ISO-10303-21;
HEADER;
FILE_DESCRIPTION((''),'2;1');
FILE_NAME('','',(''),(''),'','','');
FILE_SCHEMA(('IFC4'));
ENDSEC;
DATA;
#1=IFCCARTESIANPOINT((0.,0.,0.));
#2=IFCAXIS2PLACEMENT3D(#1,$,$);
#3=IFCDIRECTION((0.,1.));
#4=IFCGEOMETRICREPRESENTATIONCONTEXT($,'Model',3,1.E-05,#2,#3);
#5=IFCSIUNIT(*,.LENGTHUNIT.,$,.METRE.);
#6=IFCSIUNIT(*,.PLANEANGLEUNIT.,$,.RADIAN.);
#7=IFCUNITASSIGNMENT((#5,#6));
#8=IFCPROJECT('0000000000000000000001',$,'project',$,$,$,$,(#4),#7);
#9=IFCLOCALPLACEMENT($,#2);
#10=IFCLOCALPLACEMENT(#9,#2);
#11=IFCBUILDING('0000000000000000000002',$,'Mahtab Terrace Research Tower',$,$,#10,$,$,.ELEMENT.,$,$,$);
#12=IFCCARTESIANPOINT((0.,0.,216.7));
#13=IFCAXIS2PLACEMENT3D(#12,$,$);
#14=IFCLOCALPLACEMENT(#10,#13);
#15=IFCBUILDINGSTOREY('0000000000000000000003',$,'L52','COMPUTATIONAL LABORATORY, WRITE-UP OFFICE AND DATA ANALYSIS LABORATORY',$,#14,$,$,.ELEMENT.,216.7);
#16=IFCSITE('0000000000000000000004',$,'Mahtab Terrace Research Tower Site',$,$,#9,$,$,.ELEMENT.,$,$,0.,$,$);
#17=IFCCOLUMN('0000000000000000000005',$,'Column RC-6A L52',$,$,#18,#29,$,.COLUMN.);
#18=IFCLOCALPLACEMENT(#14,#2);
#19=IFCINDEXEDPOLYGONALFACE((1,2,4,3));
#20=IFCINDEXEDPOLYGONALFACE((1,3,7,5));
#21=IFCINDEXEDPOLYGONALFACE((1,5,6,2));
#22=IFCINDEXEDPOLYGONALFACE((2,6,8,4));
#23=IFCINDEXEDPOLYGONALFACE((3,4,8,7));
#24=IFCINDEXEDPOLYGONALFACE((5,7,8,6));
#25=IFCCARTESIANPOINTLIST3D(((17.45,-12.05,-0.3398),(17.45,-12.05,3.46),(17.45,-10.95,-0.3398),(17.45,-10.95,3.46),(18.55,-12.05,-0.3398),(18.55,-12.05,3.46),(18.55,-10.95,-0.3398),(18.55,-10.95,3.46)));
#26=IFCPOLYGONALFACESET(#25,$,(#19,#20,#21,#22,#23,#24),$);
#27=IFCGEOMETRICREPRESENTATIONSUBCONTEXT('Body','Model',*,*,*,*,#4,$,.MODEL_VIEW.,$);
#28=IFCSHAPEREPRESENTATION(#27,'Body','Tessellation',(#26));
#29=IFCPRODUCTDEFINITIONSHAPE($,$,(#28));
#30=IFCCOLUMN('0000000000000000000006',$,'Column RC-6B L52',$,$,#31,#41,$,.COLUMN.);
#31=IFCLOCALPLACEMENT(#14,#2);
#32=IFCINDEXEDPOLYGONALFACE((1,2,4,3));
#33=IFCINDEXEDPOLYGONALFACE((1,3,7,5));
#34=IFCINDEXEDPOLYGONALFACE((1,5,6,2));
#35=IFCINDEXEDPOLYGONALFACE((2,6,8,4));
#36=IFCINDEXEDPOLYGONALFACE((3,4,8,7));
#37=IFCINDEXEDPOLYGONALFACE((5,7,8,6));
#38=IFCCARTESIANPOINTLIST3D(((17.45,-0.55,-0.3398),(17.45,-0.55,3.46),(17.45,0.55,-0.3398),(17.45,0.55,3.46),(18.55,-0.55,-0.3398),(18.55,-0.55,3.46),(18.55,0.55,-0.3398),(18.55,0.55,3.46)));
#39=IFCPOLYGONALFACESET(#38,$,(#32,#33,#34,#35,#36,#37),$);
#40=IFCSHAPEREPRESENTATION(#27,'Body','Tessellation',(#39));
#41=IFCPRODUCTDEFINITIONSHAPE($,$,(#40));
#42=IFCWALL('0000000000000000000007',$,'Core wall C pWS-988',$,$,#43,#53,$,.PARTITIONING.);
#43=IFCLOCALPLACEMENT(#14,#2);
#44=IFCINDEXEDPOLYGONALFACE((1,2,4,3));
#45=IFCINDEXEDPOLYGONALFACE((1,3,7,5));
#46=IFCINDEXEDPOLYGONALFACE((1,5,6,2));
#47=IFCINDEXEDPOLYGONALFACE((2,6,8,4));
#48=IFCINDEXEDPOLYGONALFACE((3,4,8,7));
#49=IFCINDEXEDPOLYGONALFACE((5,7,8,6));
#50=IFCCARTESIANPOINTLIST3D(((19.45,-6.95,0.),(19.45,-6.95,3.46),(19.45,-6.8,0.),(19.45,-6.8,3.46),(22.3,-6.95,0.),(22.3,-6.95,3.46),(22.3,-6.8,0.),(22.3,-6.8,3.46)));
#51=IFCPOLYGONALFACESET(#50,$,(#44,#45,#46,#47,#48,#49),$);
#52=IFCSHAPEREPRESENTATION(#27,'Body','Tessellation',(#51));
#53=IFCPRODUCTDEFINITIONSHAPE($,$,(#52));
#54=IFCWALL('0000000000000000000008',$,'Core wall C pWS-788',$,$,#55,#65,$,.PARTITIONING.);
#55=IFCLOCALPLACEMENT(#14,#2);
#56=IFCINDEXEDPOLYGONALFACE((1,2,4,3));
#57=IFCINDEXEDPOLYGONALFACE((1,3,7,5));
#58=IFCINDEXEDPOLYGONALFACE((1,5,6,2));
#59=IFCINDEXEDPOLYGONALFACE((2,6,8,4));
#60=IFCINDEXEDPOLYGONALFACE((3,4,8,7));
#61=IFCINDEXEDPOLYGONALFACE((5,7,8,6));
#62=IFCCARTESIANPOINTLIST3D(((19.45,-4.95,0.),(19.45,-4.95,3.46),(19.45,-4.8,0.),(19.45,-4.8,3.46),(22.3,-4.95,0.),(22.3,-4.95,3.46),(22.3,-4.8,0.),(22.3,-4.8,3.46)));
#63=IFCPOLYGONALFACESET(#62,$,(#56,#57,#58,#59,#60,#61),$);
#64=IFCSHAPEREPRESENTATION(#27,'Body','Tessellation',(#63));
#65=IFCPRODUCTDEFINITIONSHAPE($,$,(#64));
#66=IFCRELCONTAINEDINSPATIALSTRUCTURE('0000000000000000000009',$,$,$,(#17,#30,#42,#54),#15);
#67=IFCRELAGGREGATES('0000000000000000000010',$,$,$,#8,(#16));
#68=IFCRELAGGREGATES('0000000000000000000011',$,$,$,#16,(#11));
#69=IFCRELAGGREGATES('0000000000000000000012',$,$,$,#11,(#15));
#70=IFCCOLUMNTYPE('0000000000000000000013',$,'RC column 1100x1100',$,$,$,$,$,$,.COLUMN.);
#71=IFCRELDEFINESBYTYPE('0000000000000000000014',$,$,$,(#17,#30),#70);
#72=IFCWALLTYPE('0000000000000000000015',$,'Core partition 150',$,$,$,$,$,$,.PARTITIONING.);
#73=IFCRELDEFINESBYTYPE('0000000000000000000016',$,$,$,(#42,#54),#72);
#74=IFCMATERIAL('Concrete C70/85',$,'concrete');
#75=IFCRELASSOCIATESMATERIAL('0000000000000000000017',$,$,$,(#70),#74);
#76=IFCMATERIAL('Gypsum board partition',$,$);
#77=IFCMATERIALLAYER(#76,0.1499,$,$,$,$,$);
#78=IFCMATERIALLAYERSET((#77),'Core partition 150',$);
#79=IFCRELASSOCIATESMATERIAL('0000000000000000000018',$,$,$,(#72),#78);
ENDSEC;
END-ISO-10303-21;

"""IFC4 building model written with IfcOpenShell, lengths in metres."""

from ifc_helpers import new_model, si_unit, direction, frame, frame_2d, origin, origin_2d, place, context, subcontext, project, spatial, rectangle, extrude, material, layer, layer_set, material_profile, profile_set, type_object, element, save


model = new_model("IFC4")

# Units and contexts
model_context = context("Model", 3, precision=1e-05, world=origin(), true_north=direction((0.0, 1.0)))
body_context = subcontext(model_context, "Body", "Model", "MODEL_VIEW")
ifc_project = project(units=[si_unit("LENGTHUNIT", "METRE"), si_unit("PLANEANGLEUNIT", "RADIAN")], contexts=[model_context])

# Site, building, storey
site_placement = place(None, origin())
site = spatial("IfcSite", under=ifc_project, at=site_placement, Name="Mahtab Terrace Research Tower Site", CompositionType="ELEMENT", RefElevation=0.0)
building_placement = place(site_placement, origin())
building = spatial("IfcBuilding", under=site, at=building_placement, Name="Mahtab Terrace Research Tower", CompositionType="ELEMENT")
storey_placement = place(building_placement, frame((0.0, 0.0, 216.7)))
storey = spatial("IfcBuildingStorey", under=building, at=storey_placement, Name="L52", Description="COMPUTATIONAL LABORATORY, WRITE-UP OFFICE AND DATA ANALYSIS LABORATORY", CompositionType="ELEMENT", Elevation=216.7)

# Columns
ifc_material_1 = material(Name="Concrete C70/85", Category="concrete")
ifc_material_profile = material_profile(ifc_material_1, rectangle(XDim=1.1001, YDim=1.1001, at=origin_2d()), Name="RC column 1100x1100")
ifc_profile_set = profile_set([ifc_material_profile], Name="Concrete C70/85")
column_type = type_object("IfcColumnType", Name="RC column 1100x1100", PredefinedType="COLUMN", material=ifc_profile_set)
for number, where, z_axis, x_axis, name in (
    (1, (18.0, -11.5, -0.3398), (0.0, 0.0, 1.0), (1.0, 0.0, 0.0), "Column RC-6A L52"),
    (2, (18.0, 0.0, -0.3398), (0.0, 0.0, 1.0), (1.0, 0.0, 0.0), "Column RC-6B L52"),
):
    element("IfcColumn", number, at=place(storey_placement, frame(where, z_axis=z_axis, x_axis=x_axis)), inside=storey, type_object=column_type, Name=name, PredefinedType="COLUMN", context=body_context, shape_type="SweptSolid", body=[
        extrude(rectangle(XDim=1.1001, YDim=1.1001, at=origin_2d()), origin(), (0.0, 0.0, 1.0), 3.7998),
    ])

# Walls
ifc_material_2 = material(Name="Gypsum board partition")
ifc_layer_1 = layer(ifc_material_2, 0.1499)
ifc_layer_set_1 = layer_set([ifc_layer_1], Name="Core partition 150")
wall_type_1 = type_object("IfcWallType", Name="Core partition 150", PredefinedType="PARTITIONING", material=ifc_layer_set_1)
for number, where, z_axis, x_axis, name in (
    (3, (19.45, -6.875, 0.0), (0.0, 0.0, 1.0), (1.0, 0.0, 0.0), "Core wall C pWS-988"),
    (4, (19.45, -4.875, 0.0), (0.0, 0.0, 1.0), (1.0, 0.0, 0.0), "Core wall C pWS-788"),
):
    element("IfcWall", number, at=place(storey_placement, frame(where, z_axis=z_axis, x_axis=x_axis)), inside=storey, type_object=wall_type_1, Name=name, PredefinedType="PARTITIONING", context=body_context, shape_type="SweptSolid", body=[
        extrude(rectangle(XDim=2.8501, YDim=0.1499, at=frame_2d((1.425, 0.0))), origin(), (0.0, 0.0, 1.0), 3.46),
    ])

save(model, "model.ifc")
